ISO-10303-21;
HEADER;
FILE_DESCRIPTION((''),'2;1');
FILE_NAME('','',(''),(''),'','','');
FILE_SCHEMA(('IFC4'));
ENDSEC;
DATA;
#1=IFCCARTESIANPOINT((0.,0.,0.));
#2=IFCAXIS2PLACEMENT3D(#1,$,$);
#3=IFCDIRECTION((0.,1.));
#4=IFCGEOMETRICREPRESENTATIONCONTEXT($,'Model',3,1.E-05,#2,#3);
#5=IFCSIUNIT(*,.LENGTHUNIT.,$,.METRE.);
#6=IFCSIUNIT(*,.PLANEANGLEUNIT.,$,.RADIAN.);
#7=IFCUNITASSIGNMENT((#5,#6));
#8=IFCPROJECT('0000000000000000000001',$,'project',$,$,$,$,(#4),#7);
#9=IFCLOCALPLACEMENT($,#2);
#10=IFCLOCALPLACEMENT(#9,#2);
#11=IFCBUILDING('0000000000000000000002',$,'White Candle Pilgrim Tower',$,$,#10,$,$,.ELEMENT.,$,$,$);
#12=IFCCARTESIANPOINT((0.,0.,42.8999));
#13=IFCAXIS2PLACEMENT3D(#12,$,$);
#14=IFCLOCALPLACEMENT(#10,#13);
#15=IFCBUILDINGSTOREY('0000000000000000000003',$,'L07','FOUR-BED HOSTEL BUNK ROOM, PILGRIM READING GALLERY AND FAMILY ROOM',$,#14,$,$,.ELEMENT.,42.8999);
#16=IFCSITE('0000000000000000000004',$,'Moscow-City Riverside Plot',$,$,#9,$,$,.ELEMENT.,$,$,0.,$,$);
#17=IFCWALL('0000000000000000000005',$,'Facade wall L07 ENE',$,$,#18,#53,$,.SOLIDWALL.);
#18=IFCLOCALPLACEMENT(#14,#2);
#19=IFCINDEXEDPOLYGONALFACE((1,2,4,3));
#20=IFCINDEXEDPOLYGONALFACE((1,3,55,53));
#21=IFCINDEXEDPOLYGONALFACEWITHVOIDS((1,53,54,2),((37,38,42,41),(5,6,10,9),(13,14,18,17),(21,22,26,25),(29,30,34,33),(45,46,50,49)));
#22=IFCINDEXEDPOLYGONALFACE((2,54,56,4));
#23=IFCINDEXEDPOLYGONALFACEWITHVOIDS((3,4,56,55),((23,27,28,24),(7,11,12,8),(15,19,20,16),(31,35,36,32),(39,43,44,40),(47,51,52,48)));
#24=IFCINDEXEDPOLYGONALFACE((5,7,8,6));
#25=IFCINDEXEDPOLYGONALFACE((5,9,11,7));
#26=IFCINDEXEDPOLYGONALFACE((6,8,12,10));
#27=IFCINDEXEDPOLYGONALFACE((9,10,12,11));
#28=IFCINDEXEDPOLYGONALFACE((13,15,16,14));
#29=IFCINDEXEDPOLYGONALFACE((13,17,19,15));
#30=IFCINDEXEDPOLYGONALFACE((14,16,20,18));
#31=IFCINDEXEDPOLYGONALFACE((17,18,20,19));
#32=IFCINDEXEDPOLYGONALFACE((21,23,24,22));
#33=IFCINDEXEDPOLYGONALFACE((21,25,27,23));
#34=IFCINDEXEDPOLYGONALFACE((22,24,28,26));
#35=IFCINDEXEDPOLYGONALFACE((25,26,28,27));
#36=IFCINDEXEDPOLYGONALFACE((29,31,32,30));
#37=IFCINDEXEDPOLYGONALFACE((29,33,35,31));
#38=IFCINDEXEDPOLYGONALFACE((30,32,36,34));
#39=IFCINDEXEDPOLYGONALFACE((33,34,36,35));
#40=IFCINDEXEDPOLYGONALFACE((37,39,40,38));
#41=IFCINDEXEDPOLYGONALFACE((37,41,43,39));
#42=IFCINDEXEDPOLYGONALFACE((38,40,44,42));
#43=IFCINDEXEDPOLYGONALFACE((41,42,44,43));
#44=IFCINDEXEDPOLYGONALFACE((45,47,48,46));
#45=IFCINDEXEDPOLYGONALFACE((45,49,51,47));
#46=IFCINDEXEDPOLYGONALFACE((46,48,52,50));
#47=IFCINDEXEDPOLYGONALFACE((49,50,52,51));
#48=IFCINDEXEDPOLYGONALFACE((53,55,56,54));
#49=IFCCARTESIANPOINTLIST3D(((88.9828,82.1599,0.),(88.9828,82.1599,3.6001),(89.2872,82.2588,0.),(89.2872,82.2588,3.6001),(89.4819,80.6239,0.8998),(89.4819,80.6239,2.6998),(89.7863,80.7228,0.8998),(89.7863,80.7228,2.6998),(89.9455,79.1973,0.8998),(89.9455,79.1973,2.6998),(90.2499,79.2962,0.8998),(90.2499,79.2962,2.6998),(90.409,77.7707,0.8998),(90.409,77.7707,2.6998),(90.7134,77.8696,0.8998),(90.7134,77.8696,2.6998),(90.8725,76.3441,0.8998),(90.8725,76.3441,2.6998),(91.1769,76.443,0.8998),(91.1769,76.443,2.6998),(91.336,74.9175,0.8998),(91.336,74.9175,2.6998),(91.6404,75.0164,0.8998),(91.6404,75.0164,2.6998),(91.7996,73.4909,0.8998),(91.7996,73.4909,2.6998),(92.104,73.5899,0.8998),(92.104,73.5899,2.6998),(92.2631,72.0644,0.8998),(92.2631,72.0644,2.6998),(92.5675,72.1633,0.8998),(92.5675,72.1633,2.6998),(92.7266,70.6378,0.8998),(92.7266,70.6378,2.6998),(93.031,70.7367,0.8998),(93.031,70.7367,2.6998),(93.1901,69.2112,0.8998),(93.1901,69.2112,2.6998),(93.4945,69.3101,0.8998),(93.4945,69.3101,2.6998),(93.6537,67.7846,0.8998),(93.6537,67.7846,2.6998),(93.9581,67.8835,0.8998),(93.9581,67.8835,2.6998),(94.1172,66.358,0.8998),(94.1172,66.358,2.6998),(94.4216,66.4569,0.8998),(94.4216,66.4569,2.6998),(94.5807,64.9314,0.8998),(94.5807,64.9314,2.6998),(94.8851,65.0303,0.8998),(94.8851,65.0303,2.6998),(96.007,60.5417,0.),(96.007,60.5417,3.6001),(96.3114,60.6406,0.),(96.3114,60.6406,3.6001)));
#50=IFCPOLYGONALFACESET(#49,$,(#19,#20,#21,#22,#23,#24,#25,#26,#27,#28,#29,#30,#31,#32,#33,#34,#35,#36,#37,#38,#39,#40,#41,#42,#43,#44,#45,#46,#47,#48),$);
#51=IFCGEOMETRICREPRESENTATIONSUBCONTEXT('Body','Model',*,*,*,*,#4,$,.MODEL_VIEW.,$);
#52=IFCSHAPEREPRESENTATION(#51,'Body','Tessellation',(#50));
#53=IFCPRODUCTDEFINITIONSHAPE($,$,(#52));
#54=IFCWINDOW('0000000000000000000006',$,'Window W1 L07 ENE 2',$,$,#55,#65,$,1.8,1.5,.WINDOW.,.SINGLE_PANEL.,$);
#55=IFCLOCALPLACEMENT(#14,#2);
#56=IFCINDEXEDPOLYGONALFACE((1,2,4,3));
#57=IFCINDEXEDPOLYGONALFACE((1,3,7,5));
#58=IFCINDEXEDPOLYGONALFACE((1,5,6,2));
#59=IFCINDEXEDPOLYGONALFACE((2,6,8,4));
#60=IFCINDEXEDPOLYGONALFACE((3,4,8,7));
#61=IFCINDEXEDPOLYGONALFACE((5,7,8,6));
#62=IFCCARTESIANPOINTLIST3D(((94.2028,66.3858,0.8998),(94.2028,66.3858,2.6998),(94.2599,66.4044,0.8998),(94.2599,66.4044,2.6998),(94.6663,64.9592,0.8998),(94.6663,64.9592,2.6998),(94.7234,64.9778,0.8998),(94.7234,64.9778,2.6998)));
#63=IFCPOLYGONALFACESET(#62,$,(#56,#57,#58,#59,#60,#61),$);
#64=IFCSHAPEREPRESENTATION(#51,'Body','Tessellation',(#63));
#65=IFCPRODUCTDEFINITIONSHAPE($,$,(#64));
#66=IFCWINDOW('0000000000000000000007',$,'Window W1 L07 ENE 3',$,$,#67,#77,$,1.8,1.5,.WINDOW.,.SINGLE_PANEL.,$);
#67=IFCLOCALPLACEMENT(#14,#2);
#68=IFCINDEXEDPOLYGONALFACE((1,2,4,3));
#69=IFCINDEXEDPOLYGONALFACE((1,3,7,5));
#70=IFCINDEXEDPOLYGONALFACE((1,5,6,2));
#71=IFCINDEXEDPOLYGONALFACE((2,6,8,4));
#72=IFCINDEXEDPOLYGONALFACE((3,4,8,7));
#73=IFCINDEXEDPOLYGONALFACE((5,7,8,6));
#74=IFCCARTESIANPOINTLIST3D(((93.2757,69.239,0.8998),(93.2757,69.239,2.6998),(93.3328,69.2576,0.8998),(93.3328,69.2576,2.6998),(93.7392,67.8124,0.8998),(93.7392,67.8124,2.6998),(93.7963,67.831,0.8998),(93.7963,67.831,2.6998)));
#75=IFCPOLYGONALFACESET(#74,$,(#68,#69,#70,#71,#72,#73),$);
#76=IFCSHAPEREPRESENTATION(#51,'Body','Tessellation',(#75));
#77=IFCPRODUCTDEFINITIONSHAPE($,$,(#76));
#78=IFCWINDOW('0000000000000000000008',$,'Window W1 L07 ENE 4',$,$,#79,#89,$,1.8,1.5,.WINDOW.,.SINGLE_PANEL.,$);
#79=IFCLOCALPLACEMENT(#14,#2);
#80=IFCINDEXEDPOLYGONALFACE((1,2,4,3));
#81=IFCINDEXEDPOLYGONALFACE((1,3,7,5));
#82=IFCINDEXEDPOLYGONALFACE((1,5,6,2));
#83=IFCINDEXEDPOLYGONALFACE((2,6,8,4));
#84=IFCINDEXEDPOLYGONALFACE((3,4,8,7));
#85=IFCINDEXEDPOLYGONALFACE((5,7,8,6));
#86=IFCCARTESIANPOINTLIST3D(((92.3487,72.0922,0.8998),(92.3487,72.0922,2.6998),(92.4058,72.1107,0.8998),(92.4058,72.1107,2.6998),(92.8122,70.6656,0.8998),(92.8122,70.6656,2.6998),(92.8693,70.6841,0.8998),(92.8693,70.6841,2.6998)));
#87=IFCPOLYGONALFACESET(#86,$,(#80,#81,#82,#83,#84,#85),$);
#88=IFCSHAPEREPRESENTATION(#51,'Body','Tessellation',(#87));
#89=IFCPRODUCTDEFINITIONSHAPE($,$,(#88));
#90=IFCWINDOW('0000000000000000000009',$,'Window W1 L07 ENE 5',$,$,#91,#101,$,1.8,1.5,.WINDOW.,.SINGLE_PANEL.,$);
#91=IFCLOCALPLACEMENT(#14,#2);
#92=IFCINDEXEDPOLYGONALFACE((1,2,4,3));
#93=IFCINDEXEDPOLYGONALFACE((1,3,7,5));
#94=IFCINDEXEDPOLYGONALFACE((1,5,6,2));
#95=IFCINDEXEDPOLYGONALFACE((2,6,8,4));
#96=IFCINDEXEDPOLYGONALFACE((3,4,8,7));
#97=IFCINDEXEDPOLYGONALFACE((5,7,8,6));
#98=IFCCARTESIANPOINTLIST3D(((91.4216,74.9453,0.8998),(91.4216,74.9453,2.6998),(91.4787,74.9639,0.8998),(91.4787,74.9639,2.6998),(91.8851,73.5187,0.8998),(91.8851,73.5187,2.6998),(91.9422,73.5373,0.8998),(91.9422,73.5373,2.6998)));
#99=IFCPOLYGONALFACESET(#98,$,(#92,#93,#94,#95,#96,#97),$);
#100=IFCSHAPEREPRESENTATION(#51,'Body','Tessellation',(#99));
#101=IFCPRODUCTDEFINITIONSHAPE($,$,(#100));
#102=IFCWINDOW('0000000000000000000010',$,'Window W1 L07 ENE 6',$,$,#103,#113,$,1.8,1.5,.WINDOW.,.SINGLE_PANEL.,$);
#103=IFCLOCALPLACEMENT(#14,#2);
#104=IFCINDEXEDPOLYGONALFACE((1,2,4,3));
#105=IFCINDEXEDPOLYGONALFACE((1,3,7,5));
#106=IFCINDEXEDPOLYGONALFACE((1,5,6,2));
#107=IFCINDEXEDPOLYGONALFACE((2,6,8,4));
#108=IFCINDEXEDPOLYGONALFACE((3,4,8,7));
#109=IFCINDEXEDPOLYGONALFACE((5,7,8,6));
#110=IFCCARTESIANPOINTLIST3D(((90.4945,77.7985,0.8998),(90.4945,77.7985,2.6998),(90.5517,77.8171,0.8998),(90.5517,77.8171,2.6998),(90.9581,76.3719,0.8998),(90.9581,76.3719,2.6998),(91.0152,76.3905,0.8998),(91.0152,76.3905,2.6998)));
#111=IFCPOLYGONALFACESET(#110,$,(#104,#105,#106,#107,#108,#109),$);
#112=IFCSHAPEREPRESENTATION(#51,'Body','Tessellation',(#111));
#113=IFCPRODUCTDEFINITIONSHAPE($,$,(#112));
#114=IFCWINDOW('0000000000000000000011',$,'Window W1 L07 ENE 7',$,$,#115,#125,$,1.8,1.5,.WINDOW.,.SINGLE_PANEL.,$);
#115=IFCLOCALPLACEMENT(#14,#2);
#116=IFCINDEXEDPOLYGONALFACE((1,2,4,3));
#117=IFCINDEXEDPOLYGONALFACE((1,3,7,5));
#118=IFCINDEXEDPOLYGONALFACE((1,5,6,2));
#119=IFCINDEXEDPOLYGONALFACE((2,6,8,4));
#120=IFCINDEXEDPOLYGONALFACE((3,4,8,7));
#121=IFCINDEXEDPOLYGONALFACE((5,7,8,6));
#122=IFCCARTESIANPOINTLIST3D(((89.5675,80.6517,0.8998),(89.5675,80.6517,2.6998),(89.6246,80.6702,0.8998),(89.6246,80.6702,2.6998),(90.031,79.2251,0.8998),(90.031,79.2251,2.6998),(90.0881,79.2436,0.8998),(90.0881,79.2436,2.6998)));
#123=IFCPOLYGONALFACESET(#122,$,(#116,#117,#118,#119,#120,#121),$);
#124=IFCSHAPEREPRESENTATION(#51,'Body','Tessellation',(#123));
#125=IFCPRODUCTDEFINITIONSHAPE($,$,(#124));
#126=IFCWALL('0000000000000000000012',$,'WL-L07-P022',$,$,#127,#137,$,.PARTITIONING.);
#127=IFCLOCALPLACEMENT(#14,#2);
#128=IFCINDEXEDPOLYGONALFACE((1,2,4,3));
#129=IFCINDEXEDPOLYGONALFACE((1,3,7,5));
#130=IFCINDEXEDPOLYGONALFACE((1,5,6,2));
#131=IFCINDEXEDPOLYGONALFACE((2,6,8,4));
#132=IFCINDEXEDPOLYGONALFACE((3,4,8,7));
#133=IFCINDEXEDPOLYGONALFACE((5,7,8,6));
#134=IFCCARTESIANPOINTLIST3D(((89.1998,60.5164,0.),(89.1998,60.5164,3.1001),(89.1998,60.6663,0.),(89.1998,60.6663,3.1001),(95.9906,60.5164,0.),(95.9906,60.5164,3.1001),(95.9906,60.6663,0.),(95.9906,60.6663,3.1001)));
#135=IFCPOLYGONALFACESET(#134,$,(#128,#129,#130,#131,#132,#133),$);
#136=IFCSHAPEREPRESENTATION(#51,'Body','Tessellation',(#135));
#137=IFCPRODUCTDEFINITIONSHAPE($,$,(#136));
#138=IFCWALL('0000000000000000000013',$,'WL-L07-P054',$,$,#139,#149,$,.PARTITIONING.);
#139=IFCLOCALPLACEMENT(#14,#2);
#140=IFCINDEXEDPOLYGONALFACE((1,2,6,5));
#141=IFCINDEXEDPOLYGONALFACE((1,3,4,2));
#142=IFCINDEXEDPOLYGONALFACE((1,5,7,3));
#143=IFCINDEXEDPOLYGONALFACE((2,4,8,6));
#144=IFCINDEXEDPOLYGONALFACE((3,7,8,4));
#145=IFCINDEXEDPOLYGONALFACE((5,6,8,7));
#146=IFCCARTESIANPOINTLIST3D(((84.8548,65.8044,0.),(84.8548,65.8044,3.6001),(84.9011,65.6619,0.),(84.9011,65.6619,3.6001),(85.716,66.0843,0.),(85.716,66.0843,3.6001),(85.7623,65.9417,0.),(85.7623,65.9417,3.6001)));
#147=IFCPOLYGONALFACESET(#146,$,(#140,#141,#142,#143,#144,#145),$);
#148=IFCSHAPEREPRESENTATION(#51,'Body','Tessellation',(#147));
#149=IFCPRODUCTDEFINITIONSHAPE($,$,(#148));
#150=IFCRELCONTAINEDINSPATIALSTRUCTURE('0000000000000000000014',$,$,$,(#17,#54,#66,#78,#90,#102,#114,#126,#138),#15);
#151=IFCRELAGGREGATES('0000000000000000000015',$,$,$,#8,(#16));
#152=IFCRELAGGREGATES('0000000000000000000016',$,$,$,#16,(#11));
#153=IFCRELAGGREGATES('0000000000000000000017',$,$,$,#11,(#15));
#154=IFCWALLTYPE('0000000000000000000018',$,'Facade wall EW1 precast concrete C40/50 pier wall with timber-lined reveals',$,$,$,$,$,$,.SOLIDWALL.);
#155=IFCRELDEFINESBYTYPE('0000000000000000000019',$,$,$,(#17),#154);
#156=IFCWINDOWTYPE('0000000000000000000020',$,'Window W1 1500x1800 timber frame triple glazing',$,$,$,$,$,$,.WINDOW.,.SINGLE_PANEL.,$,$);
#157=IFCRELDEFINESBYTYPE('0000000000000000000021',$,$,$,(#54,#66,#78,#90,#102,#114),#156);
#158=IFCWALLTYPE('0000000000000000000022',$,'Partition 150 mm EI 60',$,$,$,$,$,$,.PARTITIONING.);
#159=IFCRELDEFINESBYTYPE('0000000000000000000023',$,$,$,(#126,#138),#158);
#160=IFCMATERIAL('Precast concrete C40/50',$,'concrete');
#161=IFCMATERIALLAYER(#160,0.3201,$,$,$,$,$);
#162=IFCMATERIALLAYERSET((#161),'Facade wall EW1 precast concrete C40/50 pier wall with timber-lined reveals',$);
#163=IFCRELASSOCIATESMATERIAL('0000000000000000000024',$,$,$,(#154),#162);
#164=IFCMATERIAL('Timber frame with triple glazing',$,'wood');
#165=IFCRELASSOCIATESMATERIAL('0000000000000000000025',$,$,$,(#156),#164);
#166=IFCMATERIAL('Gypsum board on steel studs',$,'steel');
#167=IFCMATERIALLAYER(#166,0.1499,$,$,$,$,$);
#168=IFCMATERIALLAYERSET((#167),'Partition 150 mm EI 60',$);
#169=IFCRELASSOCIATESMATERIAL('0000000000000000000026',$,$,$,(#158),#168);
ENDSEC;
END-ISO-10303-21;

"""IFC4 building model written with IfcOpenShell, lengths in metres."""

from ifc_helpers import new_model, si_unit, direction, frame, frame_2d, origin, place, context, subcontext, project, spatial, rectangle, extrude, material, layer, layer_set, type_object, element, fill, save


model = new_model("IFC4")

# Units and contexts
model_context = context("Model", 3, precision=1e-05, world=origin(), true_north=direction((0.0, 1.0)))
body_context = subcontext(model_context, "Body", "Model", "MODEL_VIEW")
ifc_project = project(units=[si_unit("LENGTHUNIT", "METRE"), si_unit("PLANEANGLEUNIT", "RADIAN")], contexts=[model_context])

# Site, building, storey
site_placement = place(None, origin())
site = spatial("IfcSite", under=ifc_project, at=site_placement, Name="Moscow-City Riverside Plot", CompositionType="ELEMENT", RefElevation=0.0)
building_placement = place(site_placement, origin())
building = spatial("IfcBuilding", under=site, at=building_placement, Name="White Candle Pilgrim Tower", CompositionType="ELEMENT")
storey_placement = place(building_placement, frame((0.0, 0.0, 42.8999)))
storey = spatial("IfcBuildingStorey", under=building, at=storey_placement, Name="L07", Description="FOUR-BED HOSTEL BUNK ROOM, PILGRIM READING GALLERY AND FAMILY ROOM", CompositionType="ELEMENT", Elevation=42.8999)

# Shared definitions
ifc_material_1 = material(Name="Gypsum board on steel studs", Category="steel")

# Wall, openings, windows
ifc_material_2 = material(Name="Precast concrete C40/50", Category="concrete")
ifc_layer_1 = layer(ifc_material_2, 0.3201)
ifc_layer_set_1 = layer_set([ifc_layer_1], Name="Facade wall EW1 precast concrete C40/50 pier wall with timber-lined reveals")
wall_type_1 = type_object("IfcWallType", Name="Facade wall EW1 precast concrete C40/50 pier wall with timber-lined reveals", PredefinedType="SOLIDWALL", material=ifc_layer_set_1)
wall_1_placement = place(storey_placement, frame((96.1592, 60.5913, 0.0), z_axis=(0.0, 0.0, 1.0), x_axis=(-0.309017, 0.951056, 0.0)))
wall_1 = element("IfcWall", 1, at=wall_1_placement, inside=storey, type_object=wall_type_1, Name="Facade wall L07 ENE", PredefinedType="SOLIDWALL", context=body_context, shape_type="SweptSolid", body=[
    extrude(rectangle(XDim=22.7307, YDim=0.3201, at=frame_2d((11.3652, 0.0))), origin(), (0.0, 0.0, 1.0), 3.6001),
])
opening_1_placement = place(wall_1_placement, frame((4.6155, 0.0, 0.8999)))
opening_1 = element("IfcOpeningElement", 2, at=opening_1_placement, cuts=wall_1, PredefinedType="OPENING", context=body_context, shape_type="SweptSolid", body=[
    extrude(rectangle(XDim=1.5, YDim=1.8, at=frame_2d((0.75, 0.8999))), frame((0.0, 0.1699, 0.0), z_axis=(0.0, -1.0, 0.0), x_axis=(1.0, 0.0, 0.0)), (0.0, 0.0, 1.0), 0.3401),
])
opening_2_placement = place(wall_1_placement, frame((7.6155, 0.0, 0.8999)))
opening_2 = element("IfcOpeningElement", 3, at=opening_2_placement, cuts=wall_1, PredefinedType="OPENING", context=body_context, shape_type="SweptSolid", body=[
    extrude(rectangle(XDim=1.5, YDim=1.8, at=frame_2d((0.75, 0.8999))), frame((0.0, 0.1699, 0.0), z_axis=(0.0, -1.0, 0.0), x_axis=(1.0, 0.0, 0.0)), (0.0, 0.0, 1.0), 0.3401),
])
opening_3_placement = place(wall_1_placement, frame((10.6155, 0.0, 0.8999)))
opening_3 = element("IfcOpeningElement", 4, at=opening_3_placement, cuts=wall_1, PredefinedType="OPENING", context=body_context, shape_type="SweptSolid", body=[
    extrude(rectangle(XDim=1.5, YDim=1.8, at=frame_2d((0.75, 0.8999))), frame((0.0, 0.1699, 0.0), z_axis=(0.0, -1.0, 0.0), x_axis=(1.0, 0.0, 0.0)), (0.0, 0.0, 1.0), 0.3401),
])
opening_4_placement = place(wall_1_placement, frame((13.6155, 0.0, 0.8999)))
opening_4 = element("IfcOpeningElement", 5, at=opening_4_placement, cuts=wall_1, PredefinedType="OPENING", context=body_context, shape_type="SweptSolid", body=[
    extrude(rectangle(XDim=1.5, YDim=1.8, at=frame_2d((0.75, 0.8999))), frame((0.0, 0.1699, 0.0), z_axis=(0.0, -1.0, 0.0), x_axis=(1.0, 0.0, 0.0)), (0.0, 0.0, 1.0), 0.3401),
])
opening_5_placement = place(wall_1_placement, frame((16.6155, 0.0, 0.8999)))
opening_5 = element("IfcOpeningElement", 6, at=opening_5_placement, cuts=wall_1, PredefinedType="OPENING", context=body_context, shape_type="SweptSolid", body=[
    extrude(rectangle(XDim=1.5, YDim=1.8, at=frame_2d((0.75, 0.8999))), frame((0.0, 0.1699, 0.0), z_axis=(0.0, -1.0, 0.0), x_axis=(1.0, 0.0, 0.0)), (0.0, 0.0, 1.0), 0.3401),
])
opening_6_placement = place(wall_1_placement, frame((19.6155, 0.0, 0.8999)))
opening_6 = element("IfcOpeningElement", 7, at=opening_6_placement, cuts=wall_1, PredefinedType="OPENING", context=body_context, shape_type="SweptSolid", body=[
    extrude(rectangle(XDim=1.5, YDim=1.8, at=frame_2d((0.75, 0.8999))), frame((0.0, 0.1699, 0.0), z_axis=(0.0, -1.0, 0.0), x_axis=(1.0, 0.0, 0.0)), (0.0, 0.0, 1.0), 0.3401),
])
ifc_material_3 = material(Name="Timber frame with triple glazing", Category="wood")
window_type = type_object("IfcWindowType", Name="Window W1 1500x1800 timber frame triple glazing", PartitioningType="SINGLE_PANEL", PredefinedType="WINDOW", material=ifc_material_3)
window_1_placement = place(opening_1_placement, origin())
window_1 = element("IfcWindow", 8, at=window_1_placement, inside=storey, type_object=window_type, Name="Window W1 L07 ENE 2", OverallHeight=1.8, OverallWidth=1.5, PartitioningType="SINGLE_PANEL", PredefinedType="WINDOW", context=body_context, shape_type="SweptSolid", body=[
    extrude(rectangle(XDim=1.5, YDim=1.8, at=frame_2d((0.75, 0.8999))), frame((0.0, 0.0701, 0.0), z_axis=(0.0, -1.0, 0.0), x_axis=(1.0, 0.0, 0.0)), (0.0, 0.0, 1.0), 0.0601),
])
fill(opening_1, window_1)
window_2_placement = place(opening_2_placement, origin())
window_2 = element("IfcWindow", 9, at=window_2_placement, inside=storey, type_object=window_type, Name="Window W1 L07 ENE 3", OverallHeight=1.8, OverallWidth=1.5, PartitioningType="SINGLE_PANEL", PredefinedType="WINDOW", context=body_context, shape_type="SweptSolid", body=[
    extrude(rectangle(XDim=1.5, YDim=1.8, at=frame_2d((0.75, 0.8999))), frame((0.0, 0.0701, 0.0), z_axis=(0.0, -1.0, 0.0), x_axis=(1.0, 0.0, 0.0)), (0.0, 0.0, 1.0), 0.0601),
])
fill(opening_2, window_2)
window_3_placement = place(opening_3_placement, origin())
window_3 = element("IfcWindow", 10, at=window_3_placement, inside=storey, type_object=window_type, Name="Window W1 L07 ENE 4", OverallHeight=1.8, OverallWidth=1.5, PartitioningType="SINGLE_PANEL", PredefinedType="WINDOW", context=body_context, shape_type="SweptSolid", body=[
    extrude(rectangle(XDim=1.5, YDim=1.8, at=frame_2d((0.75, 0.8999))), frame((0.0, 0.0701, 0.0), z_axis=(0.0, -1.0, 0.0), x_axis=(1.0, 0.0, 0.0)), (0.0, 0.0, 1.0), 0.0601),
])
fill(opening_3, window_3)
window_4_placement = place(opening_4_placement, origin())
window_4 = element("IfcWindow", 11, at=window_4_placement, inside=storey, type_object=window_type, Name="Window W1 L07 ENE 5", OverallHeight=1.8, OverallWidth=1.5, PartitioningType="SINGLE_PANEL", PredefinedType="WINDOW", context=body_context, shape_type="SweptSolid", body=[
    extrude(rectangle(XDim=1.5, YDim=1.8, at=frame_2d((0.75, 0.8999))), frame((0.0, 0.0701, 0.0), z_axis=(0.0, -1.0, 0.0), x_axis=(1.0, 0.0, 0.0)), (0.0, 0.0, 1.0), 0.0601),
])
fill(opening_4, window_4)
window_5_placement = place(opening_5_placement, origin())
window_5 = element("IfcWindow", 12, at=window_5_placement, inside=storey, type_object=window_type, Name="Window W1 L07 ENE 6", OverallHeight=1.8, OverallWidth=1.5, PartitioningType="SINGLE_PANEL", PredefinedType="WINDOW", context=body_context, shape_type="SweptSolid", body=[
    extrude(rectangle(XDim=1.5, YDim=1.8, at=frame_2d((0.75, 0.8999))), frame((0.0, 0.0701, 0.0), z_axis=(0.0, -1.0, 0.0), x_axis=(1.0, 0.0, 0.0)), (0.0, 0.0, 1.0), 0.0601),
])
fill(opening_5, window_5)
window_6_placement = place(opening_6_placement, origin())
window_6 = element("IfcWindow", 13, at=window_6_placement, inside=storey, type_object=window_type, Name="Window W1 L07 ENE 7", OverallHeight=1.8, OverallWidth=1.5, PartitioningType="SINGLE_PANEL", PredefinedType="WINDOW", context=body_context, shape_type="SweptSolid", body=[
    extrude(rectangle(XDim=1.5, YDim=1.8, at=frame_2d((0.75, 0.8999))), frame((0.0, 0.0701, 0.0), z_axis=(0.0, -1.0, 0.0), x_axis=(1.0, 0.0, 0.0)), (0.0, 0.0, 1.0), 0.0601),
])
fill(opening_6, window_6)

# Walls
ifc_layer_2 = layer(ifc_material_1, 0.1499)
ifc_layer_set_2 = layer_set([ifc_layer_2], Name="Partition 150 mm EI 60")
wall_type_2 = type_object("IfcWallType", Name="Partition 150 mm EI 60", PredefinedType="PARTITIONING", material=ifc_layer_set_2)
wall_2_placement = place(storey_placement, frame((95.9907, 60.5913, 0.0), z_axis=(0.0, 0.0, 1.0), x_axis=(-1.0, 0.0, 0.0)))
element("IfcWall", 14, at=wall_2_placement, inside=storey, type_object=wall_type_2, Name="WL-L07-P022", PredefinedType="PARTITIONING", context=body_context, shape_type="SweptSolid", body=[
    extrude(rectangle(XDim=6.7908, YDim=0.1499, at=frame_2d((3.3955, 0.0))), origin(), (0.0, 0.0, 1.0), 3.1001),
])
wall_3_placement = place(storey_placement, frame((85.739, 66.0129, 0.0), z_axis=(0.0, 0.0, 1.0), x_axis=(-0.951056, -0.309019, 0.0)))
element("IfcWall", 15, at=wall_3_placement, inside=storey, type_object=wall_type_2, Name="WL-L07-P054", PredefinedType="PARTITIONING", context=body_context, shape_type="SweptSolid", body=[
    extrude(rectangle(XDim=0.9055, YDim=0.1499, at=frame_2d((0.4526, 0.0))), origin(), (0.0, 0.0, 1.0), 3.6001),
])

save(model, "model.ifc")
